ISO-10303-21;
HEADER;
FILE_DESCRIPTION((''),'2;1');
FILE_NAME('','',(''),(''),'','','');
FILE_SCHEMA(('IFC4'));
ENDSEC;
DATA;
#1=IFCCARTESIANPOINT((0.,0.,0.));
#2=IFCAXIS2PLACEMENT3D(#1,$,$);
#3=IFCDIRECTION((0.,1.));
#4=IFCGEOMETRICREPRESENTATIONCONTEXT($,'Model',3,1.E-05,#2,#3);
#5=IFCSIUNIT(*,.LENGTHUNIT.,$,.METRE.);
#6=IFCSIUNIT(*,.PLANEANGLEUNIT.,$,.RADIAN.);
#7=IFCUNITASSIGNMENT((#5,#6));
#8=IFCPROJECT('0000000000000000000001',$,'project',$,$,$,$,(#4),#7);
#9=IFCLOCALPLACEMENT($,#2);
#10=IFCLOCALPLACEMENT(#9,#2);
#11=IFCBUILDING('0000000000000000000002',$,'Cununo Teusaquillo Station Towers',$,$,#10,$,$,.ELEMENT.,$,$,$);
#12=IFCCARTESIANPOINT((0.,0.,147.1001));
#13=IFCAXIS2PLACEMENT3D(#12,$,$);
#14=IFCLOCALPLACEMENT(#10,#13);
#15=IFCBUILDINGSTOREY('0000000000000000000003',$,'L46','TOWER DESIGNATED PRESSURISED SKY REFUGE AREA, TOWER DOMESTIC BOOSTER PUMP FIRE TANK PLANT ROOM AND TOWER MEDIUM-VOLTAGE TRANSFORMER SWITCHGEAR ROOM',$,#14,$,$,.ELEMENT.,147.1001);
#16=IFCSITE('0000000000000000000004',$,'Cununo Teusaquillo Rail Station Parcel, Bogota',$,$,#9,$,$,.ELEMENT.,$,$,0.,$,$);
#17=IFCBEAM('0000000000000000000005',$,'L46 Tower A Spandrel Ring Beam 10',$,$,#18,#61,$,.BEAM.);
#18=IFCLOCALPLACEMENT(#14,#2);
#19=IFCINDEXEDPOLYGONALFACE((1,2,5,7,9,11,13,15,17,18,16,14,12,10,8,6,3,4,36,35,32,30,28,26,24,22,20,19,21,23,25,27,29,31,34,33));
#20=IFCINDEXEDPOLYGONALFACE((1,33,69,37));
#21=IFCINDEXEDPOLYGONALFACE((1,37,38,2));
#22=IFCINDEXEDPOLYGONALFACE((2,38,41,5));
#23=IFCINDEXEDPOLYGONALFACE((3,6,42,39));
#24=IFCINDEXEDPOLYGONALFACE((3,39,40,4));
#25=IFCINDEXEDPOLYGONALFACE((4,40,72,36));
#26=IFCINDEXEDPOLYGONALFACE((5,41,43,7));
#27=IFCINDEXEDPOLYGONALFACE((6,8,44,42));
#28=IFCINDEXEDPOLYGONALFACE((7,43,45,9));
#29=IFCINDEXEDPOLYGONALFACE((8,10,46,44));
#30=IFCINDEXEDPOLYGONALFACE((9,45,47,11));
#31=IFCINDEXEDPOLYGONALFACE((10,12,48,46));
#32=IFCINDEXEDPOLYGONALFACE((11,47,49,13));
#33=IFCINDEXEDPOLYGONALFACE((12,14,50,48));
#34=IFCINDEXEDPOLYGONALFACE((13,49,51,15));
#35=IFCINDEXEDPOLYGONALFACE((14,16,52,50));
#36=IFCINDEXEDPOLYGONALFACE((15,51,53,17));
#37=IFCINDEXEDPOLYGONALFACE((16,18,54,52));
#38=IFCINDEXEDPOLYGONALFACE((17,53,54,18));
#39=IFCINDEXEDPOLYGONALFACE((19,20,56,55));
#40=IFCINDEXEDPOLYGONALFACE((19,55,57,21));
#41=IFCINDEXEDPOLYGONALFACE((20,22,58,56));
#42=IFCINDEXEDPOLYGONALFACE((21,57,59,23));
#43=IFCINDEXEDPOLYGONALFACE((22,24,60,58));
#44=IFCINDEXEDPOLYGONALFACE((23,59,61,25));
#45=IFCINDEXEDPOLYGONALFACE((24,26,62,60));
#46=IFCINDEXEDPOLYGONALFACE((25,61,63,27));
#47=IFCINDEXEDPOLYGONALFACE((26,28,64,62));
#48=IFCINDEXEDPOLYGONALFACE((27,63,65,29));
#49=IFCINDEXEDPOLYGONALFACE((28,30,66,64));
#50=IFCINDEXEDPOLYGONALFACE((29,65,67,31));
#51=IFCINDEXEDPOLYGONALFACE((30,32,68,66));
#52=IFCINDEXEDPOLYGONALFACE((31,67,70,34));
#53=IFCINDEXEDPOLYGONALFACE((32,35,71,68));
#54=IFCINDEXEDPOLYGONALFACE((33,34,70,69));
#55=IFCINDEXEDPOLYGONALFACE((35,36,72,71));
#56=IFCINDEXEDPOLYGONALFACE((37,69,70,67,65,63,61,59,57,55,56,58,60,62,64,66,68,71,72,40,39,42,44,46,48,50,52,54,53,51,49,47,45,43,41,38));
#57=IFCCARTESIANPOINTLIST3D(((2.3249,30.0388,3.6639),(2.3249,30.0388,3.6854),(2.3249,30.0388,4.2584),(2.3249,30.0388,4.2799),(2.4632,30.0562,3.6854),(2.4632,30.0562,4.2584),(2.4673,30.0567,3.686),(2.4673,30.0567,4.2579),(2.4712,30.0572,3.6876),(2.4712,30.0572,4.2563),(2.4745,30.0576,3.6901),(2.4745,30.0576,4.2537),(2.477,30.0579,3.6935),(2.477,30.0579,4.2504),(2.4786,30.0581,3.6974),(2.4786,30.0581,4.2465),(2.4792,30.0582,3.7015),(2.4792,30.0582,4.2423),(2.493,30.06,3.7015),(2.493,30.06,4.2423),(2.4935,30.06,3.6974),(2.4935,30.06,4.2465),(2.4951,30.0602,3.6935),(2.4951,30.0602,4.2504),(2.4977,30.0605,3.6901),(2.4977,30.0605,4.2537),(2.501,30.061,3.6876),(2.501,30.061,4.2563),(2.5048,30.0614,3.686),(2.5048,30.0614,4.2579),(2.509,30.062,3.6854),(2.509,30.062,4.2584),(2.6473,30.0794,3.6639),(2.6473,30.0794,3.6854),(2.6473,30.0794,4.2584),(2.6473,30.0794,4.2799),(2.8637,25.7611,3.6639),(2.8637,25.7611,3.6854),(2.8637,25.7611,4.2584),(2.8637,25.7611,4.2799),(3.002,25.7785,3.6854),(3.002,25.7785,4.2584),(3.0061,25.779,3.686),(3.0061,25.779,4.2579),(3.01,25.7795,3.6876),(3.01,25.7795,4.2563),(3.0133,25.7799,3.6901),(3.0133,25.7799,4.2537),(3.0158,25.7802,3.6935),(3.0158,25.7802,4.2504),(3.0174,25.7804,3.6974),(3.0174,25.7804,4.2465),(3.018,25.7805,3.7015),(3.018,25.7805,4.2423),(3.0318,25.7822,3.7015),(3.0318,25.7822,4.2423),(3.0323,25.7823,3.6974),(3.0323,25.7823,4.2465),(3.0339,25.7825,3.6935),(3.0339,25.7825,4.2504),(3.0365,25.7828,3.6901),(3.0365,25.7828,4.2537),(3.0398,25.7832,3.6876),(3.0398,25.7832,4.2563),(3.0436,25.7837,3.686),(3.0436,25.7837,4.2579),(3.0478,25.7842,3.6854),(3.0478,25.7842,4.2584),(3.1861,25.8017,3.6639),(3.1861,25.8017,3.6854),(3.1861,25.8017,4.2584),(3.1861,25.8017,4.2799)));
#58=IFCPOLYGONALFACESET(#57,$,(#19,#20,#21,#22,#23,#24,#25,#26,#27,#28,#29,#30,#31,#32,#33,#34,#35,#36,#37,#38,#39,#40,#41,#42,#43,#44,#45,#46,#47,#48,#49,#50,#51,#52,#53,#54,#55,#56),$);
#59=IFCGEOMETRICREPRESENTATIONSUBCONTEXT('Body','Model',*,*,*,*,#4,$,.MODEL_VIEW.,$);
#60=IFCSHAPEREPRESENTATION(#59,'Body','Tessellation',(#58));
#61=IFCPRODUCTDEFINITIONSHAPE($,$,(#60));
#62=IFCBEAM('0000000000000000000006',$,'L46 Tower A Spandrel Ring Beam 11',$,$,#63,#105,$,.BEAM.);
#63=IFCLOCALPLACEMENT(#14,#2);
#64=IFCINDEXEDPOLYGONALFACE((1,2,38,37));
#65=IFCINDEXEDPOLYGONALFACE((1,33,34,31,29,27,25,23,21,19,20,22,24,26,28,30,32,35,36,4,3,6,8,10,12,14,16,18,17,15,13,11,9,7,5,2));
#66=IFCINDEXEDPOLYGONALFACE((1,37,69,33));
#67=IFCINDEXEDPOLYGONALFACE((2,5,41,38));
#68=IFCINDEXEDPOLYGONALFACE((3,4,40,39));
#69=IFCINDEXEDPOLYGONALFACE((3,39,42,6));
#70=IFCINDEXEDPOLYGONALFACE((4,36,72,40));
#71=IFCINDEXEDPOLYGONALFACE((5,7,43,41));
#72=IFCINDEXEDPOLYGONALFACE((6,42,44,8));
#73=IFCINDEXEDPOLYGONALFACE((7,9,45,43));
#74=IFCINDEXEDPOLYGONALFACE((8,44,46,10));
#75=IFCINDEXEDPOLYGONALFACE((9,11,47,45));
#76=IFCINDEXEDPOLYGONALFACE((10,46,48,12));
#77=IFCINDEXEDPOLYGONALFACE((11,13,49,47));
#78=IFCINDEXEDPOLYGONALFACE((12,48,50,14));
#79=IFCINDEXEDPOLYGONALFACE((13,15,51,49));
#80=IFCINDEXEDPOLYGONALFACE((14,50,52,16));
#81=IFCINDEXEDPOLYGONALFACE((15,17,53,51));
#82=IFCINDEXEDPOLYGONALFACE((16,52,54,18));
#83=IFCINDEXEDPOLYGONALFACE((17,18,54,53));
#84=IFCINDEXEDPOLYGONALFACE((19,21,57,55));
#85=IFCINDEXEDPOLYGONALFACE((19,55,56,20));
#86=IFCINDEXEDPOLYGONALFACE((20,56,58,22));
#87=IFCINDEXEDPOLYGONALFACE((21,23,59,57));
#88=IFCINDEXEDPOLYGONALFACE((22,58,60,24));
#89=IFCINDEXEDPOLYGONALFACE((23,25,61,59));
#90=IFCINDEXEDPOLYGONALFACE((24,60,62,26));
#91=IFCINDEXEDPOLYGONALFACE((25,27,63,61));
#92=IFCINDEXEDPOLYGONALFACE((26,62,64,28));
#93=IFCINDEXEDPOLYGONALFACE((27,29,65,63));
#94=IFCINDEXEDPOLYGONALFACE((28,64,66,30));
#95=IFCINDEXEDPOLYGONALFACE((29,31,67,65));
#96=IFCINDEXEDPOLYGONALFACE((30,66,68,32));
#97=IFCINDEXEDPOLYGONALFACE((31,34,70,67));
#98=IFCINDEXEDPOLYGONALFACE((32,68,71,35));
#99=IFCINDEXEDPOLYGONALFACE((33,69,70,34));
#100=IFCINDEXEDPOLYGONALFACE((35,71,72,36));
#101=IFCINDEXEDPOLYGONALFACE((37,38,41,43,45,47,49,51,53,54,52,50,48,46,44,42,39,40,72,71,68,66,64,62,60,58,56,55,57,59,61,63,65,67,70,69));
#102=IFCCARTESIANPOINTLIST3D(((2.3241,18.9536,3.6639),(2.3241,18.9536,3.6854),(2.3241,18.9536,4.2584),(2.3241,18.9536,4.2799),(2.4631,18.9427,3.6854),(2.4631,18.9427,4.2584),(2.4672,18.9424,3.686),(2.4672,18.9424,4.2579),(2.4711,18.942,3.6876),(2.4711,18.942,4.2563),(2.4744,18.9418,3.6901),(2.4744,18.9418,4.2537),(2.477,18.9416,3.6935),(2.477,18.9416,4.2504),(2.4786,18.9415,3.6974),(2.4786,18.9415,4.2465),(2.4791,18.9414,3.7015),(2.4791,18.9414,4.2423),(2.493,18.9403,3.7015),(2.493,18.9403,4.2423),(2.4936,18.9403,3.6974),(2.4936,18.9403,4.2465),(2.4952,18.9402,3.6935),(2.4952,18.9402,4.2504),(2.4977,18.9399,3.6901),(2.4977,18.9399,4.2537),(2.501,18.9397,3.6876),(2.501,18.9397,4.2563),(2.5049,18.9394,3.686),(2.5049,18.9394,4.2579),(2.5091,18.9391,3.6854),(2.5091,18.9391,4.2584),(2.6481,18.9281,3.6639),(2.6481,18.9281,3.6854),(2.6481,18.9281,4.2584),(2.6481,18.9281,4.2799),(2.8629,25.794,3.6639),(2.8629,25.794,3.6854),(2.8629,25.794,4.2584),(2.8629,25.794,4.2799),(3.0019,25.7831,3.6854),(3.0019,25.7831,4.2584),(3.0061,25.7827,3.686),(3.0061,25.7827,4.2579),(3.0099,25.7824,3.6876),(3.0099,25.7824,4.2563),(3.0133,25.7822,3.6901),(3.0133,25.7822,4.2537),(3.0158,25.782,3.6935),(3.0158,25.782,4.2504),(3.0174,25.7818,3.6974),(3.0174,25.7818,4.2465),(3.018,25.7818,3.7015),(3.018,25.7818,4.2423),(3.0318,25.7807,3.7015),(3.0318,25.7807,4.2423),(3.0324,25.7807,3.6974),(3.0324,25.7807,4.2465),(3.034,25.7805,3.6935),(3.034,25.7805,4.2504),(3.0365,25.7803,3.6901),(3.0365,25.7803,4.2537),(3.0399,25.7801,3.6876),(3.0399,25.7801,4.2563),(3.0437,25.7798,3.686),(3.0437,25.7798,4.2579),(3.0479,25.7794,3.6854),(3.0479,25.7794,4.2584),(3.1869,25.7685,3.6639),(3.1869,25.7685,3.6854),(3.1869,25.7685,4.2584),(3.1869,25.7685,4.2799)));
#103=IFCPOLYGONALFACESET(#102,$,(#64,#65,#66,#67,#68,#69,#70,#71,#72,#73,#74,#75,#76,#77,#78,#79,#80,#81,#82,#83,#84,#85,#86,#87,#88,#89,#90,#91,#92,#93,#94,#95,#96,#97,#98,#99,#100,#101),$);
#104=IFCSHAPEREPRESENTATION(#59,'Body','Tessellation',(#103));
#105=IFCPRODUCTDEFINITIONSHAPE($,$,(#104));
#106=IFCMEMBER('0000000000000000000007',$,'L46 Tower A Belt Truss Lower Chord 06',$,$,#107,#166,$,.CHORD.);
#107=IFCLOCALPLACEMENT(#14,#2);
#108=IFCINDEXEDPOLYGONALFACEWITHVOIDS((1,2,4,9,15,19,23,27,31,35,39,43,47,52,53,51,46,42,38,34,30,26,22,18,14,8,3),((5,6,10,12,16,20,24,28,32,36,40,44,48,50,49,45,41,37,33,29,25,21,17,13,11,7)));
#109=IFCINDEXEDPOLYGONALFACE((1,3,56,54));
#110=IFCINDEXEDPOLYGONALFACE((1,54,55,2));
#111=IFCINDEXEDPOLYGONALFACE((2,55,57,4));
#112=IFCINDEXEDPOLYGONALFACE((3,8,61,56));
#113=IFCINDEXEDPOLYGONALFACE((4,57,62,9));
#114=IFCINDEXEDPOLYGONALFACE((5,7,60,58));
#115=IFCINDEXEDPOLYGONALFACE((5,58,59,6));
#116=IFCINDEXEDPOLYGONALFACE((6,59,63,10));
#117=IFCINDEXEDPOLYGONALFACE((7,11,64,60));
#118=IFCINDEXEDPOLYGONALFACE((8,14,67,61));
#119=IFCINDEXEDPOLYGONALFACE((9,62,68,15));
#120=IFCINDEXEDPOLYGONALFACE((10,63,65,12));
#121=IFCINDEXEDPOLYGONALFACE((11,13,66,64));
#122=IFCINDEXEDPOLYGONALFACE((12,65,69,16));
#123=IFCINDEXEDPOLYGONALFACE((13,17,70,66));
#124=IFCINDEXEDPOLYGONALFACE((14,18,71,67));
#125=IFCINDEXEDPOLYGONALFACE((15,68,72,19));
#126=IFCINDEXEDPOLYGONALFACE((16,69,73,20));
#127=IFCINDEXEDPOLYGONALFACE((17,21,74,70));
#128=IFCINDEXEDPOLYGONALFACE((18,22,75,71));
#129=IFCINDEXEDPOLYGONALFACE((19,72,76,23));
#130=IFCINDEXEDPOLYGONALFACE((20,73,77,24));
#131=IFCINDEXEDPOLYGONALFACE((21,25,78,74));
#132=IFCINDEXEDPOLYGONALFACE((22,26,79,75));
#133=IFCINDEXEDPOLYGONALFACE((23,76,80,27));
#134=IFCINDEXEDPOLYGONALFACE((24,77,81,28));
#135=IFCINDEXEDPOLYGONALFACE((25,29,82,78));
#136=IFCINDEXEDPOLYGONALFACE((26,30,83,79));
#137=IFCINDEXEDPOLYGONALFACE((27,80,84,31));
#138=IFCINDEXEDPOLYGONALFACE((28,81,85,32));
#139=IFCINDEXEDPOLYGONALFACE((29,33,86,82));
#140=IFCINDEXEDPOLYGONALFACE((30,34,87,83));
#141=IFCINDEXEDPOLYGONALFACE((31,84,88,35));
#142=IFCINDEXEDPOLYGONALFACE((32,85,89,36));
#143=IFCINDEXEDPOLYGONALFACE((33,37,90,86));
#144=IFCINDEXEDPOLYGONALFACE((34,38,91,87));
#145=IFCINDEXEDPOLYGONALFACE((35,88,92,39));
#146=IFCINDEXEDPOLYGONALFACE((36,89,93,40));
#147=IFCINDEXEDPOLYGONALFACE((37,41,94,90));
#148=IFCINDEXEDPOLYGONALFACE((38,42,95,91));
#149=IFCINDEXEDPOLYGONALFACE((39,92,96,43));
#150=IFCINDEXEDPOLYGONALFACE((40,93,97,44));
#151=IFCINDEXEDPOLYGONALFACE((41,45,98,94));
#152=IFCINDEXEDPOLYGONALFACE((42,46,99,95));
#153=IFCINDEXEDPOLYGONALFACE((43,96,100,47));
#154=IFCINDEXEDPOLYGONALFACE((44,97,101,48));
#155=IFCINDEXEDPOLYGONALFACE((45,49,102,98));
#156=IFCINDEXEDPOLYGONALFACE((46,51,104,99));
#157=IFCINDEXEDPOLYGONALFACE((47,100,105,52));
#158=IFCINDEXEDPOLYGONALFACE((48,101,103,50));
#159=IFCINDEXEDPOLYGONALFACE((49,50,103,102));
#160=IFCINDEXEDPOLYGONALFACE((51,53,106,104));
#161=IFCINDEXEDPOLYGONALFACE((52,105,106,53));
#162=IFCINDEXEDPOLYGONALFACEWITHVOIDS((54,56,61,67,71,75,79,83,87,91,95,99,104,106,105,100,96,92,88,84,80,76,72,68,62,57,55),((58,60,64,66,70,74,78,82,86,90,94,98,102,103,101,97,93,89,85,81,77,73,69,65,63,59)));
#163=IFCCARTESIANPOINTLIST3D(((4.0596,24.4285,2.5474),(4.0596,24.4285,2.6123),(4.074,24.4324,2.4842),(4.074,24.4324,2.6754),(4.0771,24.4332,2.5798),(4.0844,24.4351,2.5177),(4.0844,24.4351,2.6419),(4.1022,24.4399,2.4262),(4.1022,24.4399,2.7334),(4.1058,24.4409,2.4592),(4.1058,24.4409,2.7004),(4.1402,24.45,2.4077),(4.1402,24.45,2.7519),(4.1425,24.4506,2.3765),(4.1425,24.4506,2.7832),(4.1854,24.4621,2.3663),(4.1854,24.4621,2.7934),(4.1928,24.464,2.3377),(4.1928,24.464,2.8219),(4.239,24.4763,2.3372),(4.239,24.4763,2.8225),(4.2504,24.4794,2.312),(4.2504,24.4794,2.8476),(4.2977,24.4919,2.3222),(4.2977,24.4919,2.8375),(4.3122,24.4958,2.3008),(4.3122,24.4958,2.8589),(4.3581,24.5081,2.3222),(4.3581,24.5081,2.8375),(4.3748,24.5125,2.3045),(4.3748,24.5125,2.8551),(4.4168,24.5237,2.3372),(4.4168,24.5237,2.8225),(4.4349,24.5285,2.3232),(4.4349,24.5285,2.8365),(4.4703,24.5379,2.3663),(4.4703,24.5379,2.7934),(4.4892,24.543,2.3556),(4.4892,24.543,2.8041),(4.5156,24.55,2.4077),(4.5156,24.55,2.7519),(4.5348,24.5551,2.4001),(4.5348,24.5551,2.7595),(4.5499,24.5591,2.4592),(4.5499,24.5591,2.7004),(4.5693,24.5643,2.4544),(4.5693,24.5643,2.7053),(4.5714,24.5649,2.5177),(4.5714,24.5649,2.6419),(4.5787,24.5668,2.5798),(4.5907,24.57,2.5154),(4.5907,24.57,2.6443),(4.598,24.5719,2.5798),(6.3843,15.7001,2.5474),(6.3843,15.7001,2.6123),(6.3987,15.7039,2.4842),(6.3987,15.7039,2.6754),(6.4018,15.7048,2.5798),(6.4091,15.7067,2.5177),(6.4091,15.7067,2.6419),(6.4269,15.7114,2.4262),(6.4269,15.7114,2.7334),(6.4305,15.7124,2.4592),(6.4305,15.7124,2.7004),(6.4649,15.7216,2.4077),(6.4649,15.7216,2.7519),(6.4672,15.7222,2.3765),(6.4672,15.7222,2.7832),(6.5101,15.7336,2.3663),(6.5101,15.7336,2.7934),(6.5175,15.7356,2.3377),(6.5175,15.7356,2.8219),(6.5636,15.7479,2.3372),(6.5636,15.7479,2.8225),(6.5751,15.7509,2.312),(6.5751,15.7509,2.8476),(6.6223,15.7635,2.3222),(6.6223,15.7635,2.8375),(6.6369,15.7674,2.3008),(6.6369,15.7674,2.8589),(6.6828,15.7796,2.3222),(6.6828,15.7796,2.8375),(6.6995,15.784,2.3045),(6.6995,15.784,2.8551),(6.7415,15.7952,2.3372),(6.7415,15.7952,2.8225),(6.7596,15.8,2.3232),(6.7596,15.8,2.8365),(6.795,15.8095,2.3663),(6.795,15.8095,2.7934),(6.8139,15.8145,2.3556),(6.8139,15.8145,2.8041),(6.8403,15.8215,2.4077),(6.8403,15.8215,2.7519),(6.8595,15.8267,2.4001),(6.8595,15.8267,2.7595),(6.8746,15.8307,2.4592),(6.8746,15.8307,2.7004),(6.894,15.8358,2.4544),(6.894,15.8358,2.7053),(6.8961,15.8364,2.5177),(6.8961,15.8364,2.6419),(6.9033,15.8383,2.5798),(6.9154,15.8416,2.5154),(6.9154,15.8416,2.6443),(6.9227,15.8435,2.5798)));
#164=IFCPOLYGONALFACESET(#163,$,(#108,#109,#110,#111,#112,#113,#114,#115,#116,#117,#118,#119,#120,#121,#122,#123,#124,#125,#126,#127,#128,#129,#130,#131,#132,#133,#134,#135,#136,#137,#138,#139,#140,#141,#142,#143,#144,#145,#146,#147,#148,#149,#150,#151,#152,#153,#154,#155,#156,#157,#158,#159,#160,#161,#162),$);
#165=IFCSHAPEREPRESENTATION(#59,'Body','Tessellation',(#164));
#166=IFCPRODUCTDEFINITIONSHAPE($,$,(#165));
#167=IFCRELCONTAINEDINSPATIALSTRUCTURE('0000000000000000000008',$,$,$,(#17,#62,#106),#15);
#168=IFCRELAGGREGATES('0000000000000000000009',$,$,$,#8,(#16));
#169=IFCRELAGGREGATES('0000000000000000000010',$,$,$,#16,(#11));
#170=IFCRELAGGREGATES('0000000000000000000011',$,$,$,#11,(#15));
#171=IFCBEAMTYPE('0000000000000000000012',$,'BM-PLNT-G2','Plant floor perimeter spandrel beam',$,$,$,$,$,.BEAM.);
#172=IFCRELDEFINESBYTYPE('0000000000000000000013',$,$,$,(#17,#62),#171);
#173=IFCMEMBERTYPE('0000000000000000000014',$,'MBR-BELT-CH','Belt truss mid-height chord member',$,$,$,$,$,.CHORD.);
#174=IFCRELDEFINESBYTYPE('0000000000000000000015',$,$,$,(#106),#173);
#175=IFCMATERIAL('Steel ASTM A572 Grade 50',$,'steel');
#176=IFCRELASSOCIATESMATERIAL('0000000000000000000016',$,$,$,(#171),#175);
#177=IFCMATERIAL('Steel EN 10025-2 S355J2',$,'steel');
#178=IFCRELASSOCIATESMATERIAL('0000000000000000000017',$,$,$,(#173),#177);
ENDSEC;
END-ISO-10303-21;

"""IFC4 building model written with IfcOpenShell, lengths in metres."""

from ifc_helpers import new_model, si_unit, direction, frame, origin, origin_2d, place, context, subcontext, project, spatial, hollow_circle, i_section, extrude, material, material_profile, profile_set, type_object, element, save


model = new_model("IFC4")

# Units and contexts
model_context = context("Model", 3, precision=1e-05, world=origin(), true_north=direction((0.0, 1.0)))
body_context = subcontext(model_context, "Body", "Model", "MODEL_VIEW")
ifc_project = project(units=[si_unit("LENGTHUNIT", "METRE"), si_unit("PLANEANGLEUNIT", "RADIAN")], contexts=[model_context])

# Site, building, storey
site_placement = place(None, origin())
site = spatial("IfcSite", under=ifc_project, at=site_placement, Name="Cununo Teusaquillo Rail Station Parcel, Bogota", CompositionType="ELEMENT", RefElevation=0.0)
building_placement = place(site_placement, origin())
building = spatial("IfcBuilding", under=site, at=building_placement, Name="Cununo Teusaquillo Station Towers", CompositionType="ELEMENT")
storey_placement = place(building_placement, frame((0.0, 0.0, 147.1001)))
storey = spatial("IfcBuildingStorey", under=building, at=storey_placement, Name="L46", Description="TOWER DESIGNATED PRESSURISED SKY REFUGE AREA, TOWER DOMESTIC BOOSTER PUMP FIRE TANK PLANT ROOM AND TOWER MEDIUM-VOLTAGE TRANSFORMER SWITCHGEAR ROOM", CompositionType="ELEMENT", Elevation=147.1001)

# Beams
ifc_material_1 = material(Name="Steel ASTM A572 Grade 50", Category="steel")
ifc_material_profile_1 = material_profile(ifc_material_1, i_section(OverallWidth=0.325, OverallDepth=0.616, WebThickness=0.0139, FlangeThickness=0.0215, FilletRadius=0.0161, at=origin_2d()), Name="W24X117")
ifc_profile_set_1 = profile_set([ifc_material_profile_1], Name="Steel ASTM A572 Grade 50")
beam_type_1 = type_object("IfcBeamType", Name="BM-PLNT-G2", Description="Plant floor perimeter spandrel beam", PredefinedType="BEAM", material=ifc_profile_set_1)
beam_1_placement = place(storey_placement, frame((2.4861, 30.0591, 3.9719), z_axis=(0.124969, -0.992161, 0.0), x_axis=(0.992161, 0.124969, 0.0)))
element("IfcBeam", 1, at=beam_1_placement, inside=storey, type_object=beam_type_1, Name="L46 Tower A Spandrel Ring Beam 10", PredefinedType="BEAM", context=body_context, shape_type="SweptSolid", body=[
    extrude(i_section(OverallWidth=0.325, OverallDepth=0.616, WebThickness=0.0139, FlangeThickness=0.0215, FilletRadius=0.0161, at=origin_2d()), origin(), (0.0, 0.0, 1.0), 4.3115),
])
beam_2_placement = place(storey_placement, frame((3.0249, 25.7812, 3.9719), z_axis=(-0.078528, -0.996912, 0.0), x_axis=(0.996912, -0.078528, 0.0)))
element("IfcBeam", 2, at=beam_2_placement, inside=storey, type_object=beam_type_1, Name="L46 Tower A Spandrel Ring Beam 11", PredefinedType="BEAM", context=body_context, shape_type="SweptSolid", body=[
    extrude(i_section(OverallWidth=0.325, OverallDepth=0.616, WebThickness=0.0139, FlangeThickness=0.0215, FilletRadius=0.0161, at=origin_2d()), origin(), (0.0, 0.0, 1.0), 6.8616),
])

# Member
ifc_material_2 = material(Name="Steel EN 10025-2 S355J2", Category="steel")
ifc_material_profile_2 = material_profile(ifc_material_2, hollow_circle(Radius=0.2795, WallThickness=0.02, at=origin_2d()), Name="CHS 559x20")
ifc_profile_set_2 = profile_set([ifc_material_profile_2], Name="Steel EN 10025-2 S355J2")
member_type_1 = type_object("IfcMemberType", Name="MBR-BELT-CH", Description="Belt truss mid-height chord member", PredefinedType="CHORD", material=ifc_profile_set_2)
member_1_placement = place(storey_placement, frame((4.3279, 24.5, 2.5798), z_axis=(0.257363, -0.966315, 0.0), x_axis=(0.966315, 0.257363, 0.0)))
element("IfcMember", 3, at=member_1_placement, inside=storey, type_object=member_type_1, Name="L46 Tower A Belt Truss Lower Chord 06", PredefinedType="CHORD", context=body_context, shape_type="SweptSolid", body=[
    extrude(hollow_circle(Radius=0.2795, WallThickness=0.02, at=origin_2d()), origin(), (0.0, 0.0, 1.0), 9.0327),
])

save(model, "model.ifc")
